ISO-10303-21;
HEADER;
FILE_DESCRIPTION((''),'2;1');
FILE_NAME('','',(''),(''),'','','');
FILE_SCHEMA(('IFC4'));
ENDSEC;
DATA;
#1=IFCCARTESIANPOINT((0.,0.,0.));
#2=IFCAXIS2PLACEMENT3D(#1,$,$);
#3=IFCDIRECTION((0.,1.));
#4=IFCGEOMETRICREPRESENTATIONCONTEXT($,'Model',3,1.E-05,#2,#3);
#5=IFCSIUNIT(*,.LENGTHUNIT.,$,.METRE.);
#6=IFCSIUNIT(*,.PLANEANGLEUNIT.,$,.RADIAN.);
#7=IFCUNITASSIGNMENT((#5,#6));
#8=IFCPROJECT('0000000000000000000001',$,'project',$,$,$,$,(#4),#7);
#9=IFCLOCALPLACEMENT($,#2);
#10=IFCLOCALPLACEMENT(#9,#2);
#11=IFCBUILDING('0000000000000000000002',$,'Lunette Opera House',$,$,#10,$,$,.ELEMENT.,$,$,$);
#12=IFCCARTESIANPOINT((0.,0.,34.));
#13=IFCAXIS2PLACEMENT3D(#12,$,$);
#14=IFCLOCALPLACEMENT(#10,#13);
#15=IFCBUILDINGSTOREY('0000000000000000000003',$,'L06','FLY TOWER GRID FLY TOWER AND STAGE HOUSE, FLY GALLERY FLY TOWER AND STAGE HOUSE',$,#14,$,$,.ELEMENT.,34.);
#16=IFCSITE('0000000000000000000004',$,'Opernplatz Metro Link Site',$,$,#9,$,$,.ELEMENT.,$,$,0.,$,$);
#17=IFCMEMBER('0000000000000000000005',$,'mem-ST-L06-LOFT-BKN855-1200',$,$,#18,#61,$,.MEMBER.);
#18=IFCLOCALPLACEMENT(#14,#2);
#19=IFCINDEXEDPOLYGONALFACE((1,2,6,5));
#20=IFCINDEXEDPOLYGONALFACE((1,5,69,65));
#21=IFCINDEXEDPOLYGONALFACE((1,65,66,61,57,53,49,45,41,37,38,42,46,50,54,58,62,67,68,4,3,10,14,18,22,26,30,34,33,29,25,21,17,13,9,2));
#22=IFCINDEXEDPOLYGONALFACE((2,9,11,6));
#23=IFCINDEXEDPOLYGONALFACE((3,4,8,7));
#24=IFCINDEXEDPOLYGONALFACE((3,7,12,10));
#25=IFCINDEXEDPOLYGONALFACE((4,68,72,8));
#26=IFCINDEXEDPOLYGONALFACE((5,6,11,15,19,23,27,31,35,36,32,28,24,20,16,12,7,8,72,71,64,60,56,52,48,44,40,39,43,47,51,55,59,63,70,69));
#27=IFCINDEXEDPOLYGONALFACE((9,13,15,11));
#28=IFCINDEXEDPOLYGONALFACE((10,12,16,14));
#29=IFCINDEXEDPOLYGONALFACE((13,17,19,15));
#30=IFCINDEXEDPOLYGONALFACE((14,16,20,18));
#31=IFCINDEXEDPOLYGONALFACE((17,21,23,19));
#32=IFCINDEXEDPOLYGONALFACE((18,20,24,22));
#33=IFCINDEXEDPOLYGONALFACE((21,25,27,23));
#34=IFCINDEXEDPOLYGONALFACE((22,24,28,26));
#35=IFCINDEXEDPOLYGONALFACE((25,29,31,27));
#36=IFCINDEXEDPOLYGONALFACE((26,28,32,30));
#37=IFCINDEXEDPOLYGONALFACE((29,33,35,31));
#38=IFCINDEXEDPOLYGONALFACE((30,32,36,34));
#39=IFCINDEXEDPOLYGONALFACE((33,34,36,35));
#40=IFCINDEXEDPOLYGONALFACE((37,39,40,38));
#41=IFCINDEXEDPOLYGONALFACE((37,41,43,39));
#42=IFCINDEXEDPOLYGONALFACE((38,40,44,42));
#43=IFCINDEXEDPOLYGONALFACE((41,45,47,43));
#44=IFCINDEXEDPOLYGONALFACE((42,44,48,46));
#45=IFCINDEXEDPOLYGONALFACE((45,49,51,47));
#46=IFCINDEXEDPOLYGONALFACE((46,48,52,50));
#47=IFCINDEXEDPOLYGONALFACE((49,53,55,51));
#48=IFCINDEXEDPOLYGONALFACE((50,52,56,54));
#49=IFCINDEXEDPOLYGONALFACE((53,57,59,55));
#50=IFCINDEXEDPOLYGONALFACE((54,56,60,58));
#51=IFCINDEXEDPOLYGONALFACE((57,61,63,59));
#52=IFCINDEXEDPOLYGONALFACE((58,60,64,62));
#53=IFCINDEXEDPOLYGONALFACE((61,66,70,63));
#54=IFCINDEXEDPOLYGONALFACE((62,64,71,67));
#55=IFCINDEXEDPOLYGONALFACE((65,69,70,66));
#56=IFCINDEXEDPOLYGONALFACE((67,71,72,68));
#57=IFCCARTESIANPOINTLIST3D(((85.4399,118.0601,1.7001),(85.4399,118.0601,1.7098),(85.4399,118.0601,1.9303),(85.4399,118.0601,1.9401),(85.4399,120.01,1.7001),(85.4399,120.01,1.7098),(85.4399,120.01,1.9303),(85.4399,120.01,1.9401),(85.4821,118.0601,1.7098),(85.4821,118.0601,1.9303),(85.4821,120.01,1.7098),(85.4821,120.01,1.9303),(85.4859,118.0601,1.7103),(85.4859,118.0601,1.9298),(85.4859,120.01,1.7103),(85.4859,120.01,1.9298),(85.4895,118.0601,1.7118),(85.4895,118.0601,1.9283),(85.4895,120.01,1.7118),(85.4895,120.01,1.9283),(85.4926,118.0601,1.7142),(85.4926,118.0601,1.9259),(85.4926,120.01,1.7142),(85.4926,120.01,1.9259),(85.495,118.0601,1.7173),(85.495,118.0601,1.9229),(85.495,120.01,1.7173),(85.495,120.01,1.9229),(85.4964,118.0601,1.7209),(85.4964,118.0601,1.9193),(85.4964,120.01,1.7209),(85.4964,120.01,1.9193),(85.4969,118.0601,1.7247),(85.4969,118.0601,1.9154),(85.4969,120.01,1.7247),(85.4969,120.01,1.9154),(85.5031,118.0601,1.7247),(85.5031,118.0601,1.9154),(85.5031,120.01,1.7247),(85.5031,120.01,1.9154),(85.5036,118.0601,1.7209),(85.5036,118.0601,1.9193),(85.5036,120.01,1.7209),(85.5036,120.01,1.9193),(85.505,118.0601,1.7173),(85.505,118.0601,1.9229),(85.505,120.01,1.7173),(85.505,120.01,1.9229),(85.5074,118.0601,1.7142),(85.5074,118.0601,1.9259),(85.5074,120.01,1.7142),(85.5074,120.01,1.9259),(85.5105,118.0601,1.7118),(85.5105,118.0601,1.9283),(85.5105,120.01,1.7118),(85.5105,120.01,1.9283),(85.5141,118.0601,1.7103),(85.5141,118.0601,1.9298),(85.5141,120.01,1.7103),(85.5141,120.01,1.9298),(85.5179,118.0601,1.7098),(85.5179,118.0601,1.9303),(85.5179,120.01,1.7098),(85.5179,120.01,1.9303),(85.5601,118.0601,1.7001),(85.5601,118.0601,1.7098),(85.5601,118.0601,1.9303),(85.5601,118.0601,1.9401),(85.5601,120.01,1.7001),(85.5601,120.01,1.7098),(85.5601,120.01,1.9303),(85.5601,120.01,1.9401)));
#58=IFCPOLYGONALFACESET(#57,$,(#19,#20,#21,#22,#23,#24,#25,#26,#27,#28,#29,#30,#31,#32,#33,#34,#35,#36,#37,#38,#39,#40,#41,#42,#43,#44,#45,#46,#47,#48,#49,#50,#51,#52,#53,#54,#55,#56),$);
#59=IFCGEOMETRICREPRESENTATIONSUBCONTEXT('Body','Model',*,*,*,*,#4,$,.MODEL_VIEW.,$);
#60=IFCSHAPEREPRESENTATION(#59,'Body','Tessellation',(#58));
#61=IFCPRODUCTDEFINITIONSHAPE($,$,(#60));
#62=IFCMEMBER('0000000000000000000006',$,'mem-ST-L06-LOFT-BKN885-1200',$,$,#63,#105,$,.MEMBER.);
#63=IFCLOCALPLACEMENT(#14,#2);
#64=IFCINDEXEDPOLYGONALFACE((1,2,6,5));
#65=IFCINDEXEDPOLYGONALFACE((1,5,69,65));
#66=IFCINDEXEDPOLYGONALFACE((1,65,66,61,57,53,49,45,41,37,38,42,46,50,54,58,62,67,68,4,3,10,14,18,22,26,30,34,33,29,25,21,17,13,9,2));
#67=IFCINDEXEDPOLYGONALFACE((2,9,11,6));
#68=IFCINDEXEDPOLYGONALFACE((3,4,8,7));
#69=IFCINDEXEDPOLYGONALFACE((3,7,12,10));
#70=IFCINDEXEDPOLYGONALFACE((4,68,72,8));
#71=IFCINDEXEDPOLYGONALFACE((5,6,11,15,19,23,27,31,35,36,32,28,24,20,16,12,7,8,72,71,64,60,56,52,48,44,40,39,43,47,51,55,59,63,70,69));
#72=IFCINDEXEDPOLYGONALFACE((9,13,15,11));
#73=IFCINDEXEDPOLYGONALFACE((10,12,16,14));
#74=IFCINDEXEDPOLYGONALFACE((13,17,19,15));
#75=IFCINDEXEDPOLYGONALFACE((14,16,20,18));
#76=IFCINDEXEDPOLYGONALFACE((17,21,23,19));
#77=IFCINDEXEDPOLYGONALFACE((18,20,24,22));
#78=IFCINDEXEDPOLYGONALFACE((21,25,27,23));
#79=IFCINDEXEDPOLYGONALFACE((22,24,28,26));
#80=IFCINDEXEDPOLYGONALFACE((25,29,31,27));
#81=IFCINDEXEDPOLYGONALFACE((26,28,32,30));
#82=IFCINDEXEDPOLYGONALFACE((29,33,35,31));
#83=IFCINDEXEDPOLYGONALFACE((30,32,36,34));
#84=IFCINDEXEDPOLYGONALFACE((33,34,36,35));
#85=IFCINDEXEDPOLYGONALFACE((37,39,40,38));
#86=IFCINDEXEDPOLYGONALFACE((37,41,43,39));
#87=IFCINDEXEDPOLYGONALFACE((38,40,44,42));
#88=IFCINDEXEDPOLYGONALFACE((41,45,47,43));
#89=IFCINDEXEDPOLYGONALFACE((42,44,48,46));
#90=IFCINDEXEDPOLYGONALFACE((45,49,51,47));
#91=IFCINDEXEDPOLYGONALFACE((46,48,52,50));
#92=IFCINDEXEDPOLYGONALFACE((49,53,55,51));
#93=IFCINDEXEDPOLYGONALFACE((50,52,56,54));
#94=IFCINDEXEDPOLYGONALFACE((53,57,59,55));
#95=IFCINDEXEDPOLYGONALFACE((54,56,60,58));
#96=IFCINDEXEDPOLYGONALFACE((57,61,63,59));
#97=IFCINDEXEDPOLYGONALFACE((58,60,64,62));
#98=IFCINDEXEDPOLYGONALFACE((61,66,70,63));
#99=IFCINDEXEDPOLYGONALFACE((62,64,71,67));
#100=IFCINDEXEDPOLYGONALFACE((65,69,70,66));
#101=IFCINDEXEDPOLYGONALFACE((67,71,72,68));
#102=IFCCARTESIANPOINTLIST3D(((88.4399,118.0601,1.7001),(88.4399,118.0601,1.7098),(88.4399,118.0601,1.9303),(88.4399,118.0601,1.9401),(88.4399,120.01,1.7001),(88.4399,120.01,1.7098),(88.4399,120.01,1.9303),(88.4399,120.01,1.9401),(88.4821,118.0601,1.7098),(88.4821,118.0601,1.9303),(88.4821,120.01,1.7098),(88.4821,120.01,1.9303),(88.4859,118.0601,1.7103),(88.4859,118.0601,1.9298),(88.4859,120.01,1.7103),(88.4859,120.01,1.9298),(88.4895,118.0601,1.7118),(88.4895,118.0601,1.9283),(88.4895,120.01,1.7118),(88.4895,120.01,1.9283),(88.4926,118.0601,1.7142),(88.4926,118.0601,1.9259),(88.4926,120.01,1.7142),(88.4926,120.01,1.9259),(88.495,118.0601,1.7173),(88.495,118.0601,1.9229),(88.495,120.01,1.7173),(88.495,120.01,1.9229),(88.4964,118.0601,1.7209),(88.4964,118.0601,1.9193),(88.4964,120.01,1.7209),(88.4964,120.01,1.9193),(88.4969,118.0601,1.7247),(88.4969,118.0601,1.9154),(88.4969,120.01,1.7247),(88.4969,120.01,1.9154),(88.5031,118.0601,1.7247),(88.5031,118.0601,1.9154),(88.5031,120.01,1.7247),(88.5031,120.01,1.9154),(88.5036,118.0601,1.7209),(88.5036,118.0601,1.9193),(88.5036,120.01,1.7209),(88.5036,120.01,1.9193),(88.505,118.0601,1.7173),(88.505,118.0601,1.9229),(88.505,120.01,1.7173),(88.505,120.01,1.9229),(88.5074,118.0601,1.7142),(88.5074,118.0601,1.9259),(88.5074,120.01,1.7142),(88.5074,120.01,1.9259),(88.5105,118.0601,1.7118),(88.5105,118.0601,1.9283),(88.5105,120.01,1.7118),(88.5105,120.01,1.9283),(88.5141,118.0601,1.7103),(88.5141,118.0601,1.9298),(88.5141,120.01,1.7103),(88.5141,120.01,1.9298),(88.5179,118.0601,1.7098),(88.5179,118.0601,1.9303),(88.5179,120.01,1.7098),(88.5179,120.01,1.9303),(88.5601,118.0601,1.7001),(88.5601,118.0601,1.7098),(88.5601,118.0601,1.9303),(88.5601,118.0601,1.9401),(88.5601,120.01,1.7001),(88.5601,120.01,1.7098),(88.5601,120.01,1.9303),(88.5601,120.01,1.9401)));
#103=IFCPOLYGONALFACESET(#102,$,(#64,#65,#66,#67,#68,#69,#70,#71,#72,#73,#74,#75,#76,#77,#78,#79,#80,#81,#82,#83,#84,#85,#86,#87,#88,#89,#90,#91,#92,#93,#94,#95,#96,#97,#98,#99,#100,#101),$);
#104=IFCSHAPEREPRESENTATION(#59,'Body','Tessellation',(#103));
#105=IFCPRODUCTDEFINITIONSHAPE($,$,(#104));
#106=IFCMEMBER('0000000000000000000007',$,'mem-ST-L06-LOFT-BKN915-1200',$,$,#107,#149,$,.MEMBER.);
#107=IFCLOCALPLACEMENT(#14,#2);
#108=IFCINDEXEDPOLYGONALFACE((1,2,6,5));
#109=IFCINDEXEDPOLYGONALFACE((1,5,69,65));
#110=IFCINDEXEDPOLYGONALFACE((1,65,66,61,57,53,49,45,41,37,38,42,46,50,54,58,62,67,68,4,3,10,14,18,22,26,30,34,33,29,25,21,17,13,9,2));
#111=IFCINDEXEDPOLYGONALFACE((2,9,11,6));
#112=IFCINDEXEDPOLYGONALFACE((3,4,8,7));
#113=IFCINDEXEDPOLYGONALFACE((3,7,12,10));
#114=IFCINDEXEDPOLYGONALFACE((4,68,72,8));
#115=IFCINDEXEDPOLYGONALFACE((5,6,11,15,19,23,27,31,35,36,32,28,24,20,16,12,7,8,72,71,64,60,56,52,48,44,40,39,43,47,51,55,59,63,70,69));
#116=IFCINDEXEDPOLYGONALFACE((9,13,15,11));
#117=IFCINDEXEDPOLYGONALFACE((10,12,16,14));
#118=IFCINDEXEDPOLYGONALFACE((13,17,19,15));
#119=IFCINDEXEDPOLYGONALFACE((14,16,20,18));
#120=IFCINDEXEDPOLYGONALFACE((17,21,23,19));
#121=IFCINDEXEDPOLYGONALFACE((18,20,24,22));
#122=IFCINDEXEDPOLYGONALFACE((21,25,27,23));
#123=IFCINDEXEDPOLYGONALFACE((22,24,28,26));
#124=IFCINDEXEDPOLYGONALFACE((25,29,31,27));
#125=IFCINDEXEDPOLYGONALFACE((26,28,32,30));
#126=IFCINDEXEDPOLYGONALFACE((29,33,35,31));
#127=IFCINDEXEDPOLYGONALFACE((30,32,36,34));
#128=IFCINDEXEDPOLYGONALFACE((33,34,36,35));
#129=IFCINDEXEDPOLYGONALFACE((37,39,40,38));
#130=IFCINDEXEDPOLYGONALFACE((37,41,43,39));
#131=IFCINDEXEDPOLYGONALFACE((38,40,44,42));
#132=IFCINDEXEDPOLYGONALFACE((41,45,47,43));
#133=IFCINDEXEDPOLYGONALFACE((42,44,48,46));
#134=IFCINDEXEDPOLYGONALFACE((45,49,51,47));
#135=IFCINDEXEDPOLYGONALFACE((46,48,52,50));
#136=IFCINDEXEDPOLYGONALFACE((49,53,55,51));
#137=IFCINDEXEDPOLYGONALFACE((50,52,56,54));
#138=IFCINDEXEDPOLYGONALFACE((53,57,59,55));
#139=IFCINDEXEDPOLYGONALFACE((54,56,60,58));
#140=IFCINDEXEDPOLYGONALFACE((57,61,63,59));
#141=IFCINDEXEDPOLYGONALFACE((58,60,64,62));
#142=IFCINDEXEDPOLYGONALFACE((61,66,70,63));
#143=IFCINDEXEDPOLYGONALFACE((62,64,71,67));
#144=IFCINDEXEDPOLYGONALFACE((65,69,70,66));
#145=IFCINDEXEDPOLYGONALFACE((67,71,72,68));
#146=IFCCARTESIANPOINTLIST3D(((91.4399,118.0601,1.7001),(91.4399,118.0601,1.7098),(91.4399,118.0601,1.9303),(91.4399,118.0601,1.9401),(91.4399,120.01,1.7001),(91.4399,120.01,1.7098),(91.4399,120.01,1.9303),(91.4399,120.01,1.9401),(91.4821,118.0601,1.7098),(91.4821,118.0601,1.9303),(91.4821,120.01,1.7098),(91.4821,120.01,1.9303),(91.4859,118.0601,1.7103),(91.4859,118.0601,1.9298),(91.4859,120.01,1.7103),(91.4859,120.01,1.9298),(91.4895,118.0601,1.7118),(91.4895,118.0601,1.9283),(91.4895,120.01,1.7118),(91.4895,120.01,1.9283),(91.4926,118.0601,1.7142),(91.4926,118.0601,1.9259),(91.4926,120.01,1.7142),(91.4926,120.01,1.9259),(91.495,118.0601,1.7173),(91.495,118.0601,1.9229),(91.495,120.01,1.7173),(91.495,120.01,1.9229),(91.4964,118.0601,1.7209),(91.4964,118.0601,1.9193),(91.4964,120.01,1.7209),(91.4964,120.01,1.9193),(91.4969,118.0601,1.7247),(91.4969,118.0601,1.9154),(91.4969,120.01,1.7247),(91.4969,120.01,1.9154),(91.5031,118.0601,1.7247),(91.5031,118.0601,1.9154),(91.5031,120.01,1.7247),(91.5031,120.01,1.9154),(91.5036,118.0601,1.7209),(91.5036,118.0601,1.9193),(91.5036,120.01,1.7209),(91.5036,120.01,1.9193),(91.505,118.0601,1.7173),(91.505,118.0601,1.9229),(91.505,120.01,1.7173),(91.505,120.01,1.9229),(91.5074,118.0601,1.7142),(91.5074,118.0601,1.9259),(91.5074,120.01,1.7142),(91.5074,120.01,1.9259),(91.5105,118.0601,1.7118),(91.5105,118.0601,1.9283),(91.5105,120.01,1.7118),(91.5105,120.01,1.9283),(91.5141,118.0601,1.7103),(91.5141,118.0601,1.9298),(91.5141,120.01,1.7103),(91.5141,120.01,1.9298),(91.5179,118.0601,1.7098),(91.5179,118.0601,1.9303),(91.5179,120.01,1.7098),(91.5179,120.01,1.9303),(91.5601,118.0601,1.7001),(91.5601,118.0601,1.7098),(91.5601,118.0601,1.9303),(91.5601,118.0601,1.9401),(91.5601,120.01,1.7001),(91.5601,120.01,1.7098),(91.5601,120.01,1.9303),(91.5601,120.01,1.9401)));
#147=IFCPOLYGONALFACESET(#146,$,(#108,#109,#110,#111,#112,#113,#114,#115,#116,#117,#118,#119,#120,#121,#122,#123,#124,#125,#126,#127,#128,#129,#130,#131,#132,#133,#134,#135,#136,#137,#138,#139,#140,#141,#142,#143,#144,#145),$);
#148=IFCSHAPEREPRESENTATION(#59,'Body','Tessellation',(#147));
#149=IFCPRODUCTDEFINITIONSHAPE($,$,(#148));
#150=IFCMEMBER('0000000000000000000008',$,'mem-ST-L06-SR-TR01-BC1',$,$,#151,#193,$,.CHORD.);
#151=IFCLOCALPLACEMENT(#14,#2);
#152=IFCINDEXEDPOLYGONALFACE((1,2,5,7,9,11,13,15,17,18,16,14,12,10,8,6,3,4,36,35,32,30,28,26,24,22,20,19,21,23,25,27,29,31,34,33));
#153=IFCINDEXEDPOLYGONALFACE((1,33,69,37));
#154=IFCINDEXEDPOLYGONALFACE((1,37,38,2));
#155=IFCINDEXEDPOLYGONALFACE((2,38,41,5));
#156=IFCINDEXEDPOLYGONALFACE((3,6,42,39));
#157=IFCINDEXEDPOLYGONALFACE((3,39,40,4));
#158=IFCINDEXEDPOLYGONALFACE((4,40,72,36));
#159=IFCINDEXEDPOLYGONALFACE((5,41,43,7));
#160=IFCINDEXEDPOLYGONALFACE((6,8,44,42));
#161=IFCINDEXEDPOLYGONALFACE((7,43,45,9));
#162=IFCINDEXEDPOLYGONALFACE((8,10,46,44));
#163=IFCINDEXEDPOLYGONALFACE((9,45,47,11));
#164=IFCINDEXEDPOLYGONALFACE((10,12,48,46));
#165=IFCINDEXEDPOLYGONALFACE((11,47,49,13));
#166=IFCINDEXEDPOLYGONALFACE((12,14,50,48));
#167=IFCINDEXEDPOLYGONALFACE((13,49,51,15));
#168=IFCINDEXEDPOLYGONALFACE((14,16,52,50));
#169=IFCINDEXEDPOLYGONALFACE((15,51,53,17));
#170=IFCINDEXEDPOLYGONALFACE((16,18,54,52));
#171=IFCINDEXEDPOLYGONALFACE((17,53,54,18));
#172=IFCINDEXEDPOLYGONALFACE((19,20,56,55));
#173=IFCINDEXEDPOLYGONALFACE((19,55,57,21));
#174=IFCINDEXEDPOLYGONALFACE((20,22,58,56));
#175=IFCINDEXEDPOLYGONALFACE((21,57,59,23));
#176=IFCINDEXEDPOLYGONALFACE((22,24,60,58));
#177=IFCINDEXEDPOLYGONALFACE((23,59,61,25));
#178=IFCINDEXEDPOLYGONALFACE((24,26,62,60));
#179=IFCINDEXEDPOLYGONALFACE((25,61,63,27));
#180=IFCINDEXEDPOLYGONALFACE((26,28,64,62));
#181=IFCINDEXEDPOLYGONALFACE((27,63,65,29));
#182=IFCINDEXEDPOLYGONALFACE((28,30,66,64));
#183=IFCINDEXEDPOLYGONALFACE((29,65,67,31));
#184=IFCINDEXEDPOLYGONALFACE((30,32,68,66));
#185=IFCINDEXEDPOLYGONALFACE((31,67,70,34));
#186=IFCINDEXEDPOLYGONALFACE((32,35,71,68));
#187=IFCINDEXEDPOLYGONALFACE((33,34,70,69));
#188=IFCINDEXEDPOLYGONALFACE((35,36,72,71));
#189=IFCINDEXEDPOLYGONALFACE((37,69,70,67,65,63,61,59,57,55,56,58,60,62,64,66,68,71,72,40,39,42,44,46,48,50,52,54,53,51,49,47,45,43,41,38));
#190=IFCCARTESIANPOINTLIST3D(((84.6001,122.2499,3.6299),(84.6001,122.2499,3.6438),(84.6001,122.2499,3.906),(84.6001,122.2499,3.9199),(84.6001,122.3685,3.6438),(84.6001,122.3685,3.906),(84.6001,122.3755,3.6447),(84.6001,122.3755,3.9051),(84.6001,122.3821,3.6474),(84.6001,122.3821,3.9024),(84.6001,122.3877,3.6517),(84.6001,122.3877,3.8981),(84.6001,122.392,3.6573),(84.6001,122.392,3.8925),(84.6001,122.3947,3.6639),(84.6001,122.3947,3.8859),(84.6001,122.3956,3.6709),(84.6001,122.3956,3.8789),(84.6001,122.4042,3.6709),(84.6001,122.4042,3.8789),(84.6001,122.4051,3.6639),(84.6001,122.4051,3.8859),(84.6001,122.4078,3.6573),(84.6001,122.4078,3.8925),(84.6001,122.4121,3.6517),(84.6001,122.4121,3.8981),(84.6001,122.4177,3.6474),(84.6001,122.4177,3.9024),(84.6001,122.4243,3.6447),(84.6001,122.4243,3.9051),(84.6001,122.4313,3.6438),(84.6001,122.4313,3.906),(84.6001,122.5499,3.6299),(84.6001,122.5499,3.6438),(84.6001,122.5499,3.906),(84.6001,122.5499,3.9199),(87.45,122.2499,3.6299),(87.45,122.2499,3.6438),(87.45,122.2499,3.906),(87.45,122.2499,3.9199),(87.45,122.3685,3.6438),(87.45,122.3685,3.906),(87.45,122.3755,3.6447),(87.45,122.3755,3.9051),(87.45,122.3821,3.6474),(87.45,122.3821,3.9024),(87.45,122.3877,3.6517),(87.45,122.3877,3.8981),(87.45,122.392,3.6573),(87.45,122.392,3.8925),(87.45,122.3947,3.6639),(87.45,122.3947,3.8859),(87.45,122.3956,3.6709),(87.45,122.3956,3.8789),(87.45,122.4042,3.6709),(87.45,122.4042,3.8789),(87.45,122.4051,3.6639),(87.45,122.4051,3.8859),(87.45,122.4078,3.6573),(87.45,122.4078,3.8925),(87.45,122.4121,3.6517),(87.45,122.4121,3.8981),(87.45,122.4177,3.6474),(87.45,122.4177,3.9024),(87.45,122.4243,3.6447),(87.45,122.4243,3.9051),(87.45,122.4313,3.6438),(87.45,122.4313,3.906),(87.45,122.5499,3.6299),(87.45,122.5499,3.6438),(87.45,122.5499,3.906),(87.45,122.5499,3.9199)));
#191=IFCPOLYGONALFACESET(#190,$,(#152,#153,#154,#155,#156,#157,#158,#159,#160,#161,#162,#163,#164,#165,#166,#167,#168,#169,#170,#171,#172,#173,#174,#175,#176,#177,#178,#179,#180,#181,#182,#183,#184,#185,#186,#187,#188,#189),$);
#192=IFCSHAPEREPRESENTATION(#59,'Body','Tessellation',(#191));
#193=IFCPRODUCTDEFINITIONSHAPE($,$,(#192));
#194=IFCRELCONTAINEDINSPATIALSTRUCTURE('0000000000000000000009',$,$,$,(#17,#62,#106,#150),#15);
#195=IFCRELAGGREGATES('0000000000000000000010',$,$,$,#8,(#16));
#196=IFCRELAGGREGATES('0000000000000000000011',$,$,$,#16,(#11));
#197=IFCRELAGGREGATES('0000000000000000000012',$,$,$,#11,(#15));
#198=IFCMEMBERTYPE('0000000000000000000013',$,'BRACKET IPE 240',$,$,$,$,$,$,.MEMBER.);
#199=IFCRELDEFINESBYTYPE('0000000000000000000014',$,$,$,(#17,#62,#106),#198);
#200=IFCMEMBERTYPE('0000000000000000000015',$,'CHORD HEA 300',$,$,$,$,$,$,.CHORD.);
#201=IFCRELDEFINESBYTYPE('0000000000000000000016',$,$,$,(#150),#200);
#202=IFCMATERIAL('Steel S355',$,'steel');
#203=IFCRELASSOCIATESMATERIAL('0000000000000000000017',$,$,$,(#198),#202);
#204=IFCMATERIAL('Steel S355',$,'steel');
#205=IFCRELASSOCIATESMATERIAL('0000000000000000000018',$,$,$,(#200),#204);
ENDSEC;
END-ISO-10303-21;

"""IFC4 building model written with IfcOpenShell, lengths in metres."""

from ifc_helpers import new_model, si_unit, direction, frame, origin, origin_2d, place, context, subcontext, project, spatial, i_section, extrude, material, material_profile, profile_set, type_object, element, save


model = new_model("IFC4")

# Units and contexts
model_context = context("Model", 3, precision=1e-05, world=origin(), true_north=direction((0.0, 1.0)))
body_context = subcontext(model_context, "Body", "Model", "MODEL_VIEW")
ifc_project = project(units=[si_unit("LENGTHUNIT", "METRE"), si_unit("PLANEANGLEUNIT", "RADIAN")], contexts=[model_context])

# Site, building, storey
site_placement = place(None, origin())
site = spatial("IfcSite", under=ifc_project, at=site_placement, Name="Opernplatz Metro Link Site", CompositionType="ELEMENT", RefElevation=0.0)
building_placement = place(site_placement, origin())
building = spatial("IfcBuilding", under=site, at=building_placement, Name="Lunette Opera House", CompositionType="ELEMENT")
storey_placement = place(building_placement, frame((0.0, 0.0, 34.0)))
storey = spatial("IfcBuildingStorey", under=building, at=storey_placement, Name="L06", Description="FLY TOWER GRID FLY TOWER AND STAGE HOUSE, FLY GALLERY FLY TOWER AND STAGE HOUSE", CompositionType="ELEMENT", Elevation=34.0)

# Members
ifc_material_1 = material(Name="Steel S355", Category="steel")
ifc_material_profile_1 = material_profile(ifc_material_1, i_section(OverallWidth=0.1201, OverallDepth=0.24, WebThickness=0.0061, FlangeThickness=0.0098, FilletRadius=0.0149, at=origin_2d()), Name="IPE 240")
ifc_profile_set_1 = profile_set([ifc_material_profile_1], Name="Steel S355")
member_type_1 = type_object("IfcMemberType", Name="BRACKET IPE 240", PredefinedType="MEMBER", material=ifc_profile_set_1)
for number, where, z_axis, x_axis, name in (
    (1, (85.5, 120.01, 1.8201), (0.0, -1.0, 0.0), (1.0, 0.0, 0.0), "mem-ST-L06-LOFT-BKN855-1200"),
    (2, (88.5, 120.01, 1.8201), (0.0, -1.0, 0.0), (1.0, 0.0, 0.0), "mem-ST-L06-LOFT-BKN885-1200"),
    (3, (91.5, 120.01, 1.8201), (0.0, -1.0, 0.0), (1.0, 0.0, 0.0), "mem-ST-L06-LOFT-BKN915-1200"),
):
    element("IfcMember", number, at=place(storey_placement, frame(where, z_axis=z_axis, x_axis=x_axis)), inside=storey, type_object=member_type_1, Name=name, PredefinedType="MEMBER", context=body_context, shape_type="SweptSolid", body=[
        extrude(i_section(OverallWidth=0.1201, OverallDepth=0.24, WebThickness=0.0061, FlangeThickness=0.0098, FilletRadius=0.0149, at=origin_2d()), origin(), (0.0, 0.0, 1.0), 1.95),
    ])
ifc_material_2 = material(Name="Steel S355", Category="steel")
ifc_material_profile_2 = material_profile(ifc_material_2, i_section(OverallWidth=0.3, OverallDepth=0.29, WebThickness=0.0085, FlangeThickness=0.0139, FilletRadius=0.0271, at=origin_2d()), Name="HEA 300")
ifc_profile_set_2 = profile_set([ifc_material_profile_2], Name="Steel S355")
member_type_2 = type_object("IfcMemberType", Name="CHORD HEA 300", PredefinedType="CHORD", material=ifc_profile_set_2)
member_1_placement = place(storey_placement, frame((84.6001, 122.3999, 3.7749), z_axis=(1.0, 0.0, 0.0), x_axis=(0.0, 1.0, 0.0)))
element("IfcMember", 4, at=member_1_placement, inside=storey, type_object=member_type_2, Name="mem-ST-L06-SR-TR01-BC1", PredefinedType="CHORD", context=body_context, shape_type="SweptSolid", body=[
    extrude(i_section(OverallWidth=0.3, OverallDepth=0.29, WebThickness=0.0085, FlangeThickness=0.0139, FilletRadius=0.0271, at=origin_2d()), origin(), (0.0, 0.0, 1.0), 2.8499),
])

save(model, "model.ifc")
